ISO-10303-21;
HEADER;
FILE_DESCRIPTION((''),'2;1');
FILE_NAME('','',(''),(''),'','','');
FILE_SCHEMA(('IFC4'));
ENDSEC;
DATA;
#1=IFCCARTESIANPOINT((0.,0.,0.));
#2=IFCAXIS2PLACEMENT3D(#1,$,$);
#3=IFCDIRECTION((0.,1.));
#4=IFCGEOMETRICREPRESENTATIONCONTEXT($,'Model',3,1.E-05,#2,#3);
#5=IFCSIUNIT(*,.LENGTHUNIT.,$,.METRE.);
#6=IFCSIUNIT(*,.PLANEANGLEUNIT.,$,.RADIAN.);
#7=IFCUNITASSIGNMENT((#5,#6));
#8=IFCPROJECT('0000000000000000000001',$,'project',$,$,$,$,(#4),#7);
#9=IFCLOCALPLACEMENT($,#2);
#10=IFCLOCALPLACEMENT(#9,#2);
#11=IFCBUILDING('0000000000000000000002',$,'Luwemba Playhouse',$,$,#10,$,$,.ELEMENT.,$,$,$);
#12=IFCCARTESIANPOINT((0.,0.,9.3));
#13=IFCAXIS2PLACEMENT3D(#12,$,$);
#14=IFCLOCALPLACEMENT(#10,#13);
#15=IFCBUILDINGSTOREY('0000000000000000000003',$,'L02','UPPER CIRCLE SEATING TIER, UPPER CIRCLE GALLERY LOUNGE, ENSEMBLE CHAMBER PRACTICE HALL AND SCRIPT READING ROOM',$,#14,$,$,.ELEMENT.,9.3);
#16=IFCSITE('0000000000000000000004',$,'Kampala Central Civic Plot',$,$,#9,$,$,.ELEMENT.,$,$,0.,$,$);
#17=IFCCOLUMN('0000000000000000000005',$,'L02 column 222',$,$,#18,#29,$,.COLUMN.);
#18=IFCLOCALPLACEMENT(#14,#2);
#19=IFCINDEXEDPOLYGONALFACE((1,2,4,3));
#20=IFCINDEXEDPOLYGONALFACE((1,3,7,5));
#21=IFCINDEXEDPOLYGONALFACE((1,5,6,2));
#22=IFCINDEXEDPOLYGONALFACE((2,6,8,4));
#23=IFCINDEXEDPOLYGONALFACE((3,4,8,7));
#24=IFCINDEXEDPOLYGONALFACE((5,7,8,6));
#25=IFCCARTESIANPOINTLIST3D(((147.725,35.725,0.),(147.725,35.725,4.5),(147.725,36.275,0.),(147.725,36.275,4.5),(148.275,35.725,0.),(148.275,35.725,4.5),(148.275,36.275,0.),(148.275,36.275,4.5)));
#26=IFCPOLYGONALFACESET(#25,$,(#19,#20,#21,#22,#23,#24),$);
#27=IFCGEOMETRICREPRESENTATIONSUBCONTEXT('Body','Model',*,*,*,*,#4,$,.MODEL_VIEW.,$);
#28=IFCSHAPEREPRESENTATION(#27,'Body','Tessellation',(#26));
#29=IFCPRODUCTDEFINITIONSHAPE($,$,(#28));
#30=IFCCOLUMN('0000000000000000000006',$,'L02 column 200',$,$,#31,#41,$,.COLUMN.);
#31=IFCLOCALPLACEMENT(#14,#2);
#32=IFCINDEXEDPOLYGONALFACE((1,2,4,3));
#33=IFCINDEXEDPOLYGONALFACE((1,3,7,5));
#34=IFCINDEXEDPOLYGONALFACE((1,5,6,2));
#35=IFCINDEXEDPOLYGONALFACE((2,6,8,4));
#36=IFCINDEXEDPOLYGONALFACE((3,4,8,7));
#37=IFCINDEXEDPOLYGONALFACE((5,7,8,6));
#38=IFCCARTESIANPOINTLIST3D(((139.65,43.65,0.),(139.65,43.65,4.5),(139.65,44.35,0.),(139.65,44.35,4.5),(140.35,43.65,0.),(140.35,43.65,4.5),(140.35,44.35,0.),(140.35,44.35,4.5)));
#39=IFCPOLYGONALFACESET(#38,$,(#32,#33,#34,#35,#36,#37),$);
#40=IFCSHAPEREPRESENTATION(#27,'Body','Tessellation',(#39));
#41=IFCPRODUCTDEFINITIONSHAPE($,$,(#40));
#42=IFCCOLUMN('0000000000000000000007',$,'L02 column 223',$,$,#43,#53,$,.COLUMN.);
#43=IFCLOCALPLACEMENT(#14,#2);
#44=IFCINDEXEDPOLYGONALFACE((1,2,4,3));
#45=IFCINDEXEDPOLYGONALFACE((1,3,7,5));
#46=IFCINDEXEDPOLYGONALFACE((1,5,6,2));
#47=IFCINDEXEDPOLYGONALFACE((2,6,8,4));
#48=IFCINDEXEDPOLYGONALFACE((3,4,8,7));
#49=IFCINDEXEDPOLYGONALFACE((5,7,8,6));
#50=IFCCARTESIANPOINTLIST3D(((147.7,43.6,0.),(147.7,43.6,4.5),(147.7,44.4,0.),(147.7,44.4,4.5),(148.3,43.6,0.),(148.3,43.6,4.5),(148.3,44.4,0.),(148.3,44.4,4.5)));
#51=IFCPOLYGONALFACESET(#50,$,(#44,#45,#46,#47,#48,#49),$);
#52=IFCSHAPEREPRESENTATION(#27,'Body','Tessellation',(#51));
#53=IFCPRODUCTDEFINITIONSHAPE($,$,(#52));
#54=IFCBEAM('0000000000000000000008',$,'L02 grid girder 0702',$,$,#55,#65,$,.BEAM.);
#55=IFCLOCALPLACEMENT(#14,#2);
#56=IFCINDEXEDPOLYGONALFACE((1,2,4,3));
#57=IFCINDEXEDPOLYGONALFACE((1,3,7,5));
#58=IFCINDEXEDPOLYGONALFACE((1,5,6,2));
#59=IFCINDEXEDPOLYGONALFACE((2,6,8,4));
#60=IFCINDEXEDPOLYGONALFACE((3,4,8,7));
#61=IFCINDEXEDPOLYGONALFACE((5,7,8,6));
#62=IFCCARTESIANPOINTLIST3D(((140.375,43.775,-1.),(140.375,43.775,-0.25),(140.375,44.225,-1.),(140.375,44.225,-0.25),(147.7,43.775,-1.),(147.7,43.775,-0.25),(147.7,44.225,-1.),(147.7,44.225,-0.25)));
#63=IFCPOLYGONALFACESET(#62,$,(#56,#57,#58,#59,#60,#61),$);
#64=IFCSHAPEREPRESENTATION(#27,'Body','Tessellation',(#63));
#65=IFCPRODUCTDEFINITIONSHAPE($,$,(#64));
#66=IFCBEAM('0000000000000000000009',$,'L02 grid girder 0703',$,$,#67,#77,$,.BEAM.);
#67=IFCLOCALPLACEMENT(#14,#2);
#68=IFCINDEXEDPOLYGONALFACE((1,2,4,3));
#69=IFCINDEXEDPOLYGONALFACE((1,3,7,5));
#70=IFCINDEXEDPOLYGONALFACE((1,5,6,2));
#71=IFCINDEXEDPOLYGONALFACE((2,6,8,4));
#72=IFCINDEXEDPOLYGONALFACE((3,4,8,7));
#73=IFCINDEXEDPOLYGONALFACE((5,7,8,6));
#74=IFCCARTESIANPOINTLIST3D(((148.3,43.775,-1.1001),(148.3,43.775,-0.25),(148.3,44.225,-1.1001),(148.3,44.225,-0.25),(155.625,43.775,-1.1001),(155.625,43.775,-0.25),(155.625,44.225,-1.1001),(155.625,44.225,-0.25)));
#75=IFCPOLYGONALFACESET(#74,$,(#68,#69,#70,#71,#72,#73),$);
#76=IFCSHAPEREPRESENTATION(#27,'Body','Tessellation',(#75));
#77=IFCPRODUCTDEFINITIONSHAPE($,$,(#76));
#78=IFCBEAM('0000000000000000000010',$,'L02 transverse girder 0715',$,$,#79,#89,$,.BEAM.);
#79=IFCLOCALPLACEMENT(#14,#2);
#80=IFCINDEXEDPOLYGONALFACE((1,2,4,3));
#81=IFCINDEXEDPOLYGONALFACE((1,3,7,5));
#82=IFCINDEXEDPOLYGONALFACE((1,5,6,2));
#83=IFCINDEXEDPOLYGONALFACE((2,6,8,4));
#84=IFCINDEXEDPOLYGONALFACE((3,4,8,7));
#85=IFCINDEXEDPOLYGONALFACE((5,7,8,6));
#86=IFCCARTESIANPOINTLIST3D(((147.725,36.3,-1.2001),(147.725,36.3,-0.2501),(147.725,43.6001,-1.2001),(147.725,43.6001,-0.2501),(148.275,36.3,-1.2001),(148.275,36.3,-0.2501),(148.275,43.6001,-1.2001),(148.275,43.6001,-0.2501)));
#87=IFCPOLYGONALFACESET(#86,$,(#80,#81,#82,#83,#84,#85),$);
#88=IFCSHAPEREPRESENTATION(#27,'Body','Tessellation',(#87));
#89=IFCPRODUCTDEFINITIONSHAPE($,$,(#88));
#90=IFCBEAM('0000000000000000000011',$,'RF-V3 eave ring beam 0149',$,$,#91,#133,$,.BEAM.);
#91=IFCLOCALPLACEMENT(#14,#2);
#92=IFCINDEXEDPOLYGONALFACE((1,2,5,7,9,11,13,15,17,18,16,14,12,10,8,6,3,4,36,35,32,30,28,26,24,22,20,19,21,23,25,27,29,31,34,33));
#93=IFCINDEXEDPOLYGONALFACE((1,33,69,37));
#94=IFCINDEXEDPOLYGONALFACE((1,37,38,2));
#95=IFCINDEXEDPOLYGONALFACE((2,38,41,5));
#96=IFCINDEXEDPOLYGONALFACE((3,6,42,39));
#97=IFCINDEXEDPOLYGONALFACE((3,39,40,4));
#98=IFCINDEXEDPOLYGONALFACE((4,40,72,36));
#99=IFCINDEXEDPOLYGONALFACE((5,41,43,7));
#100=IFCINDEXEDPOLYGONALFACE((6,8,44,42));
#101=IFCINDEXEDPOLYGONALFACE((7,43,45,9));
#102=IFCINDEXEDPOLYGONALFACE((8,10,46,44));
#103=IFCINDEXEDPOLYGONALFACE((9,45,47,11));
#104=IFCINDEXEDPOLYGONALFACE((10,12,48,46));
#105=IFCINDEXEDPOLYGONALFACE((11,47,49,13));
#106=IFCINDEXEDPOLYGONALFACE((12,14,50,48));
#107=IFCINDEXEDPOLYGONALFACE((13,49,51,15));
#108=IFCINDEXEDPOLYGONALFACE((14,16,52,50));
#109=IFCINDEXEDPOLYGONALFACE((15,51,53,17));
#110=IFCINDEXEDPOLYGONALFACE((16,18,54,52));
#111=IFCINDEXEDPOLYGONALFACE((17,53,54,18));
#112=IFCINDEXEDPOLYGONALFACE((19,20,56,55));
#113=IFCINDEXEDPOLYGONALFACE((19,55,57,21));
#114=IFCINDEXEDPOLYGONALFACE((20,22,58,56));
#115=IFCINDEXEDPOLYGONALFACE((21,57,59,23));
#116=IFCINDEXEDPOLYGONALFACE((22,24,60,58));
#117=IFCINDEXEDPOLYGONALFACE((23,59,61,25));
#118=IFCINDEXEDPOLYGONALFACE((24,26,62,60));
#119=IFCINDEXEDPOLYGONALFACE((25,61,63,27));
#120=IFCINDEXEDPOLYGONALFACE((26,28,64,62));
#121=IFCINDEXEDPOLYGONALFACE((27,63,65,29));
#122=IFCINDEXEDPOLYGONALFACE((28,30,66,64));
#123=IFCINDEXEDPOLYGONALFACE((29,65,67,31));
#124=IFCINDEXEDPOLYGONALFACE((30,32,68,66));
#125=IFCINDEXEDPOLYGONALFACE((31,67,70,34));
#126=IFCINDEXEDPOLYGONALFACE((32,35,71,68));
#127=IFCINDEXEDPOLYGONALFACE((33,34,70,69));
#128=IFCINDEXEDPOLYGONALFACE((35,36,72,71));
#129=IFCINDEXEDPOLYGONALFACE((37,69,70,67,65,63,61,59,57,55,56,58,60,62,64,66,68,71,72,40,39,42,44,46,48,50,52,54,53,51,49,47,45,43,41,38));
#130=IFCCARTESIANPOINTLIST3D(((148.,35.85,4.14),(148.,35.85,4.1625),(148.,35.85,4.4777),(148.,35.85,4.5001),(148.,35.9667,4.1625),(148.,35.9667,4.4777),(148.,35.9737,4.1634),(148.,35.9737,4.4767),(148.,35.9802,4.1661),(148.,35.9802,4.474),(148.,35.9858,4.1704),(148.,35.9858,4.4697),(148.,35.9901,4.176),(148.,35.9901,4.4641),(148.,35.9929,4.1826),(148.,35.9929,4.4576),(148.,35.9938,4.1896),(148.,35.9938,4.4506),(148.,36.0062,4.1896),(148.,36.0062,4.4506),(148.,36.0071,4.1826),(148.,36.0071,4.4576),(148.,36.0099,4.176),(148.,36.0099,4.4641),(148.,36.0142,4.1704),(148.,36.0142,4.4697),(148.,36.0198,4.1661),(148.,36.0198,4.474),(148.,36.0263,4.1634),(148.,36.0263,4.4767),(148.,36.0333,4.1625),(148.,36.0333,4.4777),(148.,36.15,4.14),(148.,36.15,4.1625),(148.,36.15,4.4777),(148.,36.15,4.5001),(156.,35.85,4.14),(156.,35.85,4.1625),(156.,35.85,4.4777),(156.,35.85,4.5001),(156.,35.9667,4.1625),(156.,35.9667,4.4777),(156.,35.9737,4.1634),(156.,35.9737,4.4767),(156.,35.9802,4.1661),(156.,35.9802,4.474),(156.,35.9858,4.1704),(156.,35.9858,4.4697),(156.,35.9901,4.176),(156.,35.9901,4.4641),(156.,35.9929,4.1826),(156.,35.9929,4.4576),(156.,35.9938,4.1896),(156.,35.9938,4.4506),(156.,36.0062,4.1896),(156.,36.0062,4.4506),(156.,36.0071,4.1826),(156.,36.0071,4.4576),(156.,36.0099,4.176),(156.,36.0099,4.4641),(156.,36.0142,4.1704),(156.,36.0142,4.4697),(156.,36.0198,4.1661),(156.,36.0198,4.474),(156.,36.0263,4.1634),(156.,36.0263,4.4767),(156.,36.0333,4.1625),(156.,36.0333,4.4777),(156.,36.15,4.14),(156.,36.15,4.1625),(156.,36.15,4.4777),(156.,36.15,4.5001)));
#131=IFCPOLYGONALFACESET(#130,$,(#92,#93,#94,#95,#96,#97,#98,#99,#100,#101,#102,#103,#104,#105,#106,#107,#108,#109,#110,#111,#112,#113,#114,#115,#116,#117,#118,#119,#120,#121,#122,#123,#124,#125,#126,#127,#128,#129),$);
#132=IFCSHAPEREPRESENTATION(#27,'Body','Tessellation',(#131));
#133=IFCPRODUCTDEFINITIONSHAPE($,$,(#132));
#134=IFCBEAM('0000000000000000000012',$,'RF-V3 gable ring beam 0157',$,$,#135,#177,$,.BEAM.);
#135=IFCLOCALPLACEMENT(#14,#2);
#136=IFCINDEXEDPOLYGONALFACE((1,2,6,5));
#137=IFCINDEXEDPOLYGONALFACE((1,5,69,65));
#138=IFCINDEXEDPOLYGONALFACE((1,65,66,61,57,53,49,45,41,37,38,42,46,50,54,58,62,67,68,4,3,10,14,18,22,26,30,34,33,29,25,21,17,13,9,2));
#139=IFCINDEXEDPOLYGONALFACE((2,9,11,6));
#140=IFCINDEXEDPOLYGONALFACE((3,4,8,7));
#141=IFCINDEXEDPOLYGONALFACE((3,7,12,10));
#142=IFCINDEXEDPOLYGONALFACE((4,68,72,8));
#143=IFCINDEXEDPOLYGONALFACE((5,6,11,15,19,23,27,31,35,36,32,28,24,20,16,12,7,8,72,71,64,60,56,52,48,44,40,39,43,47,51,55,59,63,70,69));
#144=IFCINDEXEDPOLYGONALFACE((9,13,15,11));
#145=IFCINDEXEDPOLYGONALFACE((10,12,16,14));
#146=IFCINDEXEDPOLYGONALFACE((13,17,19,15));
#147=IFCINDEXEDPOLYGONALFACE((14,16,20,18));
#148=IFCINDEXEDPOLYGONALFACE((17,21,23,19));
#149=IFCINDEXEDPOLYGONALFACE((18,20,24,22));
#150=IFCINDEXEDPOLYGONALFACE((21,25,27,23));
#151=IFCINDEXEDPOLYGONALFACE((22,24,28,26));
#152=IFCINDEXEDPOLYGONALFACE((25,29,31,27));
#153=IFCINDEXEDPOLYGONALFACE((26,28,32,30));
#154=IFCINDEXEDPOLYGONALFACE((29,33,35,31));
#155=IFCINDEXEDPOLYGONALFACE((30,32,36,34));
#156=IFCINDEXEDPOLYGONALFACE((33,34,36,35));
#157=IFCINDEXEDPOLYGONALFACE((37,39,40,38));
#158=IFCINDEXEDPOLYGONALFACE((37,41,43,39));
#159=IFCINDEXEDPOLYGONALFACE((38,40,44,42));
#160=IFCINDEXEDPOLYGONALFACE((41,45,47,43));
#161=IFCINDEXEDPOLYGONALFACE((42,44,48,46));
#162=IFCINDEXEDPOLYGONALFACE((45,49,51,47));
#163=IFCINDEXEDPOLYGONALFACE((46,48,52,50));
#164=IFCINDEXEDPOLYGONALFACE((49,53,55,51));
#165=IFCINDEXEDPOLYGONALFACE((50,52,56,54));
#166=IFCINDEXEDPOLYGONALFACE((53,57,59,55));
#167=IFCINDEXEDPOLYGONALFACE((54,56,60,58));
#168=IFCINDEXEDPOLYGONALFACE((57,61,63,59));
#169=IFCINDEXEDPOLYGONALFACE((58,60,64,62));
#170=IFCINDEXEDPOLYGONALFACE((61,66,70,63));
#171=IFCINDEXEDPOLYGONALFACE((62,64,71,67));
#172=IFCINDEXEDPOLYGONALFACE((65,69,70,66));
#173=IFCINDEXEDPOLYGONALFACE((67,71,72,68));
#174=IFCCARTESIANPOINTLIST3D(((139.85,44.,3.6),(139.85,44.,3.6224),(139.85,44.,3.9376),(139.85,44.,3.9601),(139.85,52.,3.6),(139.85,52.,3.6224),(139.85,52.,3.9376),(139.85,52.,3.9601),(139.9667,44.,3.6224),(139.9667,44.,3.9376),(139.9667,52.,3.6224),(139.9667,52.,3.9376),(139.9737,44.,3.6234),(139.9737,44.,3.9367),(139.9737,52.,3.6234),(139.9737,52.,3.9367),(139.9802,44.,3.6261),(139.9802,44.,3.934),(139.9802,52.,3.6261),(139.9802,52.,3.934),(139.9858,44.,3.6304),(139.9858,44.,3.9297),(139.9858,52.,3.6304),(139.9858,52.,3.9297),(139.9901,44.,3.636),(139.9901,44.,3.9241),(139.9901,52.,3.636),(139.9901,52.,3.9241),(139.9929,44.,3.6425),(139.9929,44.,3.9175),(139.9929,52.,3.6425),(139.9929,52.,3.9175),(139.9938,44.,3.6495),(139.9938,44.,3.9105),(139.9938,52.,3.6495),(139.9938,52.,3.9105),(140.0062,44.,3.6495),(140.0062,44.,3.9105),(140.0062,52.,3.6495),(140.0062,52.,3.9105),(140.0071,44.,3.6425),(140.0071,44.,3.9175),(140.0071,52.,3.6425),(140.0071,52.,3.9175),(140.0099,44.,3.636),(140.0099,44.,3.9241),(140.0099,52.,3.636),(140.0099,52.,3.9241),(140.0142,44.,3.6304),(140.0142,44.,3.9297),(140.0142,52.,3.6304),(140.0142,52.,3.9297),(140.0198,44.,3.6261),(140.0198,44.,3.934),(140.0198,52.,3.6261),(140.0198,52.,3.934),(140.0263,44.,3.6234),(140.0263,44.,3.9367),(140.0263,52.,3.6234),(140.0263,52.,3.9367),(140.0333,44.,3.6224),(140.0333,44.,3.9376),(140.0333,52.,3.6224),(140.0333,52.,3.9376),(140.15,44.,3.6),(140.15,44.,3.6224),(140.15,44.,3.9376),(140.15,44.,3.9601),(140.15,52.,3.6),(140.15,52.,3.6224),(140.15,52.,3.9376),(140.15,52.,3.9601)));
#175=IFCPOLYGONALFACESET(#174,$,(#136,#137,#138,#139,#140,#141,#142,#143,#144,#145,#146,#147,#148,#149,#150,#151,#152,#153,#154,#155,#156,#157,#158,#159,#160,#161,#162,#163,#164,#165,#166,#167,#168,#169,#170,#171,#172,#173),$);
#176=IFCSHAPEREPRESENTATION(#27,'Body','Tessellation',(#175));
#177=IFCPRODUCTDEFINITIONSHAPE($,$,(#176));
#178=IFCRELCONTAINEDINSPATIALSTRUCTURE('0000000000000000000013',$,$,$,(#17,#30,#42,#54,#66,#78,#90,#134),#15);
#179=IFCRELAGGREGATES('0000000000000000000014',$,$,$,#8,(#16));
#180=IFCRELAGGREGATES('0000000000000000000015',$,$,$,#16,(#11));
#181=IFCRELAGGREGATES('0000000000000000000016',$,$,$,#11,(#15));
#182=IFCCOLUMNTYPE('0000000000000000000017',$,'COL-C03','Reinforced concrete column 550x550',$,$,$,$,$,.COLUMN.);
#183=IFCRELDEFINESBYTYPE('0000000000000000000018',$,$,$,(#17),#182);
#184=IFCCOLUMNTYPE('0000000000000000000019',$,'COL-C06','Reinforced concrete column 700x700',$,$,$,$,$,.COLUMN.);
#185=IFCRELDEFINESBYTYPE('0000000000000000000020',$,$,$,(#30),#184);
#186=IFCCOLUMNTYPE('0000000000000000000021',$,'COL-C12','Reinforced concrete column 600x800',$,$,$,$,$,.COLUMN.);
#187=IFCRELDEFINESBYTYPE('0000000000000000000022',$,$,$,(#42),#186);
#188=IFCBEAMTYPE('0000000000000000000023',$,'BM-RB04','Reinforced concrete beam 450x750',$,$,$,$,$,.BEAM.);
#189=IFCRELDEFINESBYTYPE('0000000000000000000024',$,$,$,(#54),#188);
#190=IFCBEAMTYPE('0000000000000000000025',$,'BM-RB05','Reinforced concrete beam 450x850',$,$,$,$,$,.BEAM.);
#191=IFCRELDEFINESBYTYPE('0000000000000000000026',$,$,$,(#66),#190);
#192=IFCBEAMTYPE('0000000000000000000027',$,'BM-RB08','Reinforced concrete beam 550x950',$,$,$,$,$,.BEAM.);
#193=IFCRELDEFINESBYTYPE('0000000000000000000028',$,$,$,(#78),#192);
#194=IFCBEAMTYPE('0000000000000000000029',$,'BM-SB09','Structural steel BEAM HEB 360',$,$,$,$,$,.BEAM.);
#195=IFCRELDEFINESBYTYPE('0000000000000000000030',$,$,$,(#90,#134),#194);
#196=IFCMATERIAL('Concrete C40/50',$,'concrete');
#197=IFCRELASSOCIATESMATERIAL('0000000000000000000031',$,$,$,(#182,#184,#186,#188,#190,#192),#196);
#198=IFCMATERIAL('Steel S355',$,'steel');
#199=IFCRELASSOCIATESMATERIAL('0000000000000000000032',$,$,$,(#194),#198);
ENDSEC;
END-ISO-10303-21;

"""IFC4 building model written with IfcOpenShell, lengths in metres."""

from ifc_helpers import new_model, si_unit, direction, frame, origin, origin_2d, place, context, subcontext, project, spatial, rectangle, i_section, extrude, material, material_profile, profile_set, type_object, element, save


model = new_model("IFC4")

# Units and contexts
model_context = context("Model", 3, precision=1e-05, world=origin(), true_north=direction((0.0, 1.0)))
body_context = subcontext(model_context, "Body", "Model", "MODEL_VIEW")
ifc_project = project(units=[si_unit("LENGTHUNIT", "METRE"), si_unit("PLANEANGLEUNIT", "RADIAN")], contexts=[model_context])

# Site, building, storey
site_placement = place(None, origin())
site = spatial("IfcSite", under=ifc_project, at=site_placement, Name="Kampala Central Civic Plot", CompositionType="ELEMENT", RefElevation=0.0)
building_placement = place(site_placement, origin())
building = spatial("IfcBuilding", under=site, at=building_placement, Name="Luwemba Playhouse", CompositionType="ELEMENT")
storey_placement = place(building_placement, frame((0.0, 0.0, 9.3)))
storey = spatial("IfcBuildingStorey", under=building, at=storey_placement, Name="L02", Description="UPPER CIRCLE SEATING TIER, UPPER CIRCLE GALLERY LOUNGE, ENSEMBLE CHAMBER PRACTICE HALL AND SCRIPT READING ROOM", CompositionType="ELEMENT", Elevation=9.3)

# Columns
ifc_material_1 = material(Name="Concrete C40/50", Category="concrete")
ifc_material_profile_1 = material_profile(ifc_material_1, rectangle(XDim=0.55, YDim=0.55, at=origin_2d()))
ifc_profile_set_1 = profile_set([ifc_material_profile_1], Name="Concrete C40/50")
column_type_1 = type_object("IfcColumnType", Name="COL-C03", Description="Reinforced concrete column 550x550", PredefinedType="COLUMN", material=ifc_profile_set_1)
column_1_placement = place(storey_placement, frame((148.0, 36.0, 0.0), z_axis=(0.0, 0.0, 1.0), x_axis=(1.0, 0.0, 0.0)))
element("IfcColumn", 1, at=column_1_placement, inside=storey, type_object=column_type_1, Name="L02 column 222", PredefinedType="COLUMN", context=body_context, shape_type="SweptSolid", body=[
    extrude(rectangle(XDim=0.55, YDim=0.55, at=origin_2d()), origin(), (0.0, 0.0, 1.0), 4.5),
])
ifc_material_profile_2 = material_profile(ifc_material_1, rectangle(XDim=0.7, YDim=0.7, at=origin_2d()))
ifc_profile_set_2 = profile_set([ifc_material_profile_2], Name="Concrete C40/50")
column_type_2 = type_object("IfcColumnType", Name="COL-C06", Description="Reinforced concrete column 700x700", PredefinedType="COLUMN", material=ifc_profile_set_2)
column_2_placement = place(storey_placement, frame((140.0, 44.0, 0.0), z_axis=(0.0, 0.0, 1.0), x_axis=(1.0, 0.0, 0.0)))
element("IfcColumn", 2, at=column_2_placement, inside=storey, type_object=column_type_2, Name="L02 column 200", PredefinedType="COLUMN", context=body_context, shape_type="SweptSolid", body=[
    extrude(rectangle(XDim=0.7, YDim=0.7, at=origin_2d()), origin(), (0.0, 0.0, 1.0), 4.5),
])
ifc_material_profile_3 = material_profile(ifc_material_1, rectangle(XDim=0.6001, YDim=0.8, at=origin_2d()))
ifc_profile_set_3 = profile_set([ifc_material_profile_3], Name="Concrete C40/50")
column_type_3 = type_object("IfcColumnType", Name="COL-C12", Description="Reinforced concrete column 600x800", PredefinedType="COLUMN", material=ifc_profile_set_3)
column_3_placement = place(storey_placement, frame((148.0, 44.0, 0.0), z_axis=(0.0, 0.0, 1.0), x_axis=(1.0, 0.0, 0.0)))
element("IfcColumn", 3, at=column_3_placement, inside=storey, type_object=column_type_3, Name="L02 column 223", PredefinedType="COLUMN", context=body_context, shape_type="SweptSolid", body=[
    extrude(rectangle(XDim=0.6001, YDim=0.8, at=origin_2d()), origin(), (0.0, 0.0, 1.0), 4.5),
])

# Beams
ifc_material_profile_4 = material_profile(ifc_material_1, rectangle(XDim=0.45, YDim=0.75, at=origin_2d()))
ifc_profile_set_4 = profile_set([ifc_material_profile_4], Name="Concrete C40/50")
beam_type_1 = type_object("IfcBeamType", Name="BM-RB04", Description="Reinforced concrete beam 450x750", PredefinedType="BEAM", material=ifc_profile_set_4)
beam_1_placement = place(storey_placement, frame((140.375, 44.0, -0.625), z_axis=(1.0, 0.0, 0.0), x_axis=(0.0, 1.0, 0.0)))
element("IfcBeam", 4, at=beam_1_placement, inside=storey, type_object=beam_type_1, Name="L02 grid girder 0702", PredefinedType="BEAM", context=body_context, shape_type="SweptSolid", body=[
    extrude(rectangle(XDim=0.45, YDim=0.75, at=origin_2d()), origin(), (0.0, 0.0, 1.0), 7.325),
])
ifc_material_profile_5 = material_profile(ifc_material_1, rectangle(XDim=0.45, YDim=0.8501, at=origin_2d()))
ifc_profile_set_5 = profile_set([ifc_material_profile_5], Name="Concrete C40/50")
beam_type_2 = type_object("IfcBeamType", Name="BM-RB05", Description="Reinforced concrete beam 450x850", PredefinedType="BEAM", material=ifc_profile_set_5)
beam_2_placement = place(storey_placement, frame((148.3, 44.0, -0.675), z_axis=(1.0, 0.0, 0.0), x_axis=(0.0, 1.0, 0.0)))
element("IfcBeam", 5, at=beam_2_placement, inside=storey, type_object=beam_type_2, Name="L02 grid girder 0703", PredefinedType="BEAM", context=body_context, shape_type="SweptSolid", body=[
    extrude(rectangle(XDim=0.45, YDim=0.8501, at=origin_2d()), origin(), (0.0, 0.0, 1.0), 7.325),
])
ifc_material_profile_6 = material_profile(ifc_material_1, rectangle(XDim=0.55, YDim=0.95, at=origin_2d()))
ifc_profile_set_6 = profile_set([ifc_material_profile_6], Name="Concrete C40/50")
beam_type_3 = type_object("IfcBeamType", Name="BM-RB08", Description="Reinforced concrete beam 550x950", PredefinedType="BEAM", material=ifc_profile_set_6)
beam_3_placement = place(storey_placement, frame((148.0, 36.3, -0.7251), z_axis=(0.0, 1.0, 0.0), x_axis=(-1.0, 0.0, 0.0)))
element("IfcBeam", 6, at=beam_3_placement, inside=storey, type_object=beam_type_3, Name="L02 transverse girder 0715", PredefinedType="BEAM", context=body_context, shape_type="SweptSolid", body=[
    extrude(rectangle(XDim=0.55, YDim=0.95, at=origin_2d()), origin(), (0.0, 0.0, 1.0), 7.3),
])
ifc_material_2 = material(Name="Steel S355", Category="steel")
ifc_material_profile_7 = material_profile(ifc_material_2, i_section(OverallWidth=0.3, OverallDepth=0.3601, WebThickness=0.0125, FlangeThickness=0.0225, FilletRadius=0.0271, at=origin_2d()))
ifc_profile_set_7 = profile_set([ifc_material_profile_7], Name="Steel S355")
beam_type_4 = type_object("IfcBeamType", Name="BM-SB09", Description="Structural steel BEAM HEB 360", PredefinedType="BEAM", material=ifc_profile_set_7)
for number, where, z_axis, x_axis, name in (
    (7, (148.0, 36.0, 4.3201), (1.0, 0.0, 0.0), (0.0, 1.0, 0.0), "RF-V3 eave ring beam 0149"),
    (8, (140.0, 44.0, 3.78), (0.0, 1.0, 0.0), (-1.0, 0.0, 0.0), "RF-V3 gable ring beam 0157"),
):
    element("IfcBeam", number, at=place(storey_placement, frame(where, z_axis=z_axis, x_axis=x_axis)), inside=storey, type_object=beam_type_4, Name=name, PredefinedType="BEAM", context=body_context, shape_type="SweptSolid", body=[
        extrude(i_section(OverallWidth=0.3, OverallDepth=0.3601, WebThickness=0.0125, FlangeThickness=0.0225, FilletRadius=0.0271, at=origin_2d()), origin(), (0.0, 0.0, 1.0), 8.0),
    ])

save(model, "model.ifc")
